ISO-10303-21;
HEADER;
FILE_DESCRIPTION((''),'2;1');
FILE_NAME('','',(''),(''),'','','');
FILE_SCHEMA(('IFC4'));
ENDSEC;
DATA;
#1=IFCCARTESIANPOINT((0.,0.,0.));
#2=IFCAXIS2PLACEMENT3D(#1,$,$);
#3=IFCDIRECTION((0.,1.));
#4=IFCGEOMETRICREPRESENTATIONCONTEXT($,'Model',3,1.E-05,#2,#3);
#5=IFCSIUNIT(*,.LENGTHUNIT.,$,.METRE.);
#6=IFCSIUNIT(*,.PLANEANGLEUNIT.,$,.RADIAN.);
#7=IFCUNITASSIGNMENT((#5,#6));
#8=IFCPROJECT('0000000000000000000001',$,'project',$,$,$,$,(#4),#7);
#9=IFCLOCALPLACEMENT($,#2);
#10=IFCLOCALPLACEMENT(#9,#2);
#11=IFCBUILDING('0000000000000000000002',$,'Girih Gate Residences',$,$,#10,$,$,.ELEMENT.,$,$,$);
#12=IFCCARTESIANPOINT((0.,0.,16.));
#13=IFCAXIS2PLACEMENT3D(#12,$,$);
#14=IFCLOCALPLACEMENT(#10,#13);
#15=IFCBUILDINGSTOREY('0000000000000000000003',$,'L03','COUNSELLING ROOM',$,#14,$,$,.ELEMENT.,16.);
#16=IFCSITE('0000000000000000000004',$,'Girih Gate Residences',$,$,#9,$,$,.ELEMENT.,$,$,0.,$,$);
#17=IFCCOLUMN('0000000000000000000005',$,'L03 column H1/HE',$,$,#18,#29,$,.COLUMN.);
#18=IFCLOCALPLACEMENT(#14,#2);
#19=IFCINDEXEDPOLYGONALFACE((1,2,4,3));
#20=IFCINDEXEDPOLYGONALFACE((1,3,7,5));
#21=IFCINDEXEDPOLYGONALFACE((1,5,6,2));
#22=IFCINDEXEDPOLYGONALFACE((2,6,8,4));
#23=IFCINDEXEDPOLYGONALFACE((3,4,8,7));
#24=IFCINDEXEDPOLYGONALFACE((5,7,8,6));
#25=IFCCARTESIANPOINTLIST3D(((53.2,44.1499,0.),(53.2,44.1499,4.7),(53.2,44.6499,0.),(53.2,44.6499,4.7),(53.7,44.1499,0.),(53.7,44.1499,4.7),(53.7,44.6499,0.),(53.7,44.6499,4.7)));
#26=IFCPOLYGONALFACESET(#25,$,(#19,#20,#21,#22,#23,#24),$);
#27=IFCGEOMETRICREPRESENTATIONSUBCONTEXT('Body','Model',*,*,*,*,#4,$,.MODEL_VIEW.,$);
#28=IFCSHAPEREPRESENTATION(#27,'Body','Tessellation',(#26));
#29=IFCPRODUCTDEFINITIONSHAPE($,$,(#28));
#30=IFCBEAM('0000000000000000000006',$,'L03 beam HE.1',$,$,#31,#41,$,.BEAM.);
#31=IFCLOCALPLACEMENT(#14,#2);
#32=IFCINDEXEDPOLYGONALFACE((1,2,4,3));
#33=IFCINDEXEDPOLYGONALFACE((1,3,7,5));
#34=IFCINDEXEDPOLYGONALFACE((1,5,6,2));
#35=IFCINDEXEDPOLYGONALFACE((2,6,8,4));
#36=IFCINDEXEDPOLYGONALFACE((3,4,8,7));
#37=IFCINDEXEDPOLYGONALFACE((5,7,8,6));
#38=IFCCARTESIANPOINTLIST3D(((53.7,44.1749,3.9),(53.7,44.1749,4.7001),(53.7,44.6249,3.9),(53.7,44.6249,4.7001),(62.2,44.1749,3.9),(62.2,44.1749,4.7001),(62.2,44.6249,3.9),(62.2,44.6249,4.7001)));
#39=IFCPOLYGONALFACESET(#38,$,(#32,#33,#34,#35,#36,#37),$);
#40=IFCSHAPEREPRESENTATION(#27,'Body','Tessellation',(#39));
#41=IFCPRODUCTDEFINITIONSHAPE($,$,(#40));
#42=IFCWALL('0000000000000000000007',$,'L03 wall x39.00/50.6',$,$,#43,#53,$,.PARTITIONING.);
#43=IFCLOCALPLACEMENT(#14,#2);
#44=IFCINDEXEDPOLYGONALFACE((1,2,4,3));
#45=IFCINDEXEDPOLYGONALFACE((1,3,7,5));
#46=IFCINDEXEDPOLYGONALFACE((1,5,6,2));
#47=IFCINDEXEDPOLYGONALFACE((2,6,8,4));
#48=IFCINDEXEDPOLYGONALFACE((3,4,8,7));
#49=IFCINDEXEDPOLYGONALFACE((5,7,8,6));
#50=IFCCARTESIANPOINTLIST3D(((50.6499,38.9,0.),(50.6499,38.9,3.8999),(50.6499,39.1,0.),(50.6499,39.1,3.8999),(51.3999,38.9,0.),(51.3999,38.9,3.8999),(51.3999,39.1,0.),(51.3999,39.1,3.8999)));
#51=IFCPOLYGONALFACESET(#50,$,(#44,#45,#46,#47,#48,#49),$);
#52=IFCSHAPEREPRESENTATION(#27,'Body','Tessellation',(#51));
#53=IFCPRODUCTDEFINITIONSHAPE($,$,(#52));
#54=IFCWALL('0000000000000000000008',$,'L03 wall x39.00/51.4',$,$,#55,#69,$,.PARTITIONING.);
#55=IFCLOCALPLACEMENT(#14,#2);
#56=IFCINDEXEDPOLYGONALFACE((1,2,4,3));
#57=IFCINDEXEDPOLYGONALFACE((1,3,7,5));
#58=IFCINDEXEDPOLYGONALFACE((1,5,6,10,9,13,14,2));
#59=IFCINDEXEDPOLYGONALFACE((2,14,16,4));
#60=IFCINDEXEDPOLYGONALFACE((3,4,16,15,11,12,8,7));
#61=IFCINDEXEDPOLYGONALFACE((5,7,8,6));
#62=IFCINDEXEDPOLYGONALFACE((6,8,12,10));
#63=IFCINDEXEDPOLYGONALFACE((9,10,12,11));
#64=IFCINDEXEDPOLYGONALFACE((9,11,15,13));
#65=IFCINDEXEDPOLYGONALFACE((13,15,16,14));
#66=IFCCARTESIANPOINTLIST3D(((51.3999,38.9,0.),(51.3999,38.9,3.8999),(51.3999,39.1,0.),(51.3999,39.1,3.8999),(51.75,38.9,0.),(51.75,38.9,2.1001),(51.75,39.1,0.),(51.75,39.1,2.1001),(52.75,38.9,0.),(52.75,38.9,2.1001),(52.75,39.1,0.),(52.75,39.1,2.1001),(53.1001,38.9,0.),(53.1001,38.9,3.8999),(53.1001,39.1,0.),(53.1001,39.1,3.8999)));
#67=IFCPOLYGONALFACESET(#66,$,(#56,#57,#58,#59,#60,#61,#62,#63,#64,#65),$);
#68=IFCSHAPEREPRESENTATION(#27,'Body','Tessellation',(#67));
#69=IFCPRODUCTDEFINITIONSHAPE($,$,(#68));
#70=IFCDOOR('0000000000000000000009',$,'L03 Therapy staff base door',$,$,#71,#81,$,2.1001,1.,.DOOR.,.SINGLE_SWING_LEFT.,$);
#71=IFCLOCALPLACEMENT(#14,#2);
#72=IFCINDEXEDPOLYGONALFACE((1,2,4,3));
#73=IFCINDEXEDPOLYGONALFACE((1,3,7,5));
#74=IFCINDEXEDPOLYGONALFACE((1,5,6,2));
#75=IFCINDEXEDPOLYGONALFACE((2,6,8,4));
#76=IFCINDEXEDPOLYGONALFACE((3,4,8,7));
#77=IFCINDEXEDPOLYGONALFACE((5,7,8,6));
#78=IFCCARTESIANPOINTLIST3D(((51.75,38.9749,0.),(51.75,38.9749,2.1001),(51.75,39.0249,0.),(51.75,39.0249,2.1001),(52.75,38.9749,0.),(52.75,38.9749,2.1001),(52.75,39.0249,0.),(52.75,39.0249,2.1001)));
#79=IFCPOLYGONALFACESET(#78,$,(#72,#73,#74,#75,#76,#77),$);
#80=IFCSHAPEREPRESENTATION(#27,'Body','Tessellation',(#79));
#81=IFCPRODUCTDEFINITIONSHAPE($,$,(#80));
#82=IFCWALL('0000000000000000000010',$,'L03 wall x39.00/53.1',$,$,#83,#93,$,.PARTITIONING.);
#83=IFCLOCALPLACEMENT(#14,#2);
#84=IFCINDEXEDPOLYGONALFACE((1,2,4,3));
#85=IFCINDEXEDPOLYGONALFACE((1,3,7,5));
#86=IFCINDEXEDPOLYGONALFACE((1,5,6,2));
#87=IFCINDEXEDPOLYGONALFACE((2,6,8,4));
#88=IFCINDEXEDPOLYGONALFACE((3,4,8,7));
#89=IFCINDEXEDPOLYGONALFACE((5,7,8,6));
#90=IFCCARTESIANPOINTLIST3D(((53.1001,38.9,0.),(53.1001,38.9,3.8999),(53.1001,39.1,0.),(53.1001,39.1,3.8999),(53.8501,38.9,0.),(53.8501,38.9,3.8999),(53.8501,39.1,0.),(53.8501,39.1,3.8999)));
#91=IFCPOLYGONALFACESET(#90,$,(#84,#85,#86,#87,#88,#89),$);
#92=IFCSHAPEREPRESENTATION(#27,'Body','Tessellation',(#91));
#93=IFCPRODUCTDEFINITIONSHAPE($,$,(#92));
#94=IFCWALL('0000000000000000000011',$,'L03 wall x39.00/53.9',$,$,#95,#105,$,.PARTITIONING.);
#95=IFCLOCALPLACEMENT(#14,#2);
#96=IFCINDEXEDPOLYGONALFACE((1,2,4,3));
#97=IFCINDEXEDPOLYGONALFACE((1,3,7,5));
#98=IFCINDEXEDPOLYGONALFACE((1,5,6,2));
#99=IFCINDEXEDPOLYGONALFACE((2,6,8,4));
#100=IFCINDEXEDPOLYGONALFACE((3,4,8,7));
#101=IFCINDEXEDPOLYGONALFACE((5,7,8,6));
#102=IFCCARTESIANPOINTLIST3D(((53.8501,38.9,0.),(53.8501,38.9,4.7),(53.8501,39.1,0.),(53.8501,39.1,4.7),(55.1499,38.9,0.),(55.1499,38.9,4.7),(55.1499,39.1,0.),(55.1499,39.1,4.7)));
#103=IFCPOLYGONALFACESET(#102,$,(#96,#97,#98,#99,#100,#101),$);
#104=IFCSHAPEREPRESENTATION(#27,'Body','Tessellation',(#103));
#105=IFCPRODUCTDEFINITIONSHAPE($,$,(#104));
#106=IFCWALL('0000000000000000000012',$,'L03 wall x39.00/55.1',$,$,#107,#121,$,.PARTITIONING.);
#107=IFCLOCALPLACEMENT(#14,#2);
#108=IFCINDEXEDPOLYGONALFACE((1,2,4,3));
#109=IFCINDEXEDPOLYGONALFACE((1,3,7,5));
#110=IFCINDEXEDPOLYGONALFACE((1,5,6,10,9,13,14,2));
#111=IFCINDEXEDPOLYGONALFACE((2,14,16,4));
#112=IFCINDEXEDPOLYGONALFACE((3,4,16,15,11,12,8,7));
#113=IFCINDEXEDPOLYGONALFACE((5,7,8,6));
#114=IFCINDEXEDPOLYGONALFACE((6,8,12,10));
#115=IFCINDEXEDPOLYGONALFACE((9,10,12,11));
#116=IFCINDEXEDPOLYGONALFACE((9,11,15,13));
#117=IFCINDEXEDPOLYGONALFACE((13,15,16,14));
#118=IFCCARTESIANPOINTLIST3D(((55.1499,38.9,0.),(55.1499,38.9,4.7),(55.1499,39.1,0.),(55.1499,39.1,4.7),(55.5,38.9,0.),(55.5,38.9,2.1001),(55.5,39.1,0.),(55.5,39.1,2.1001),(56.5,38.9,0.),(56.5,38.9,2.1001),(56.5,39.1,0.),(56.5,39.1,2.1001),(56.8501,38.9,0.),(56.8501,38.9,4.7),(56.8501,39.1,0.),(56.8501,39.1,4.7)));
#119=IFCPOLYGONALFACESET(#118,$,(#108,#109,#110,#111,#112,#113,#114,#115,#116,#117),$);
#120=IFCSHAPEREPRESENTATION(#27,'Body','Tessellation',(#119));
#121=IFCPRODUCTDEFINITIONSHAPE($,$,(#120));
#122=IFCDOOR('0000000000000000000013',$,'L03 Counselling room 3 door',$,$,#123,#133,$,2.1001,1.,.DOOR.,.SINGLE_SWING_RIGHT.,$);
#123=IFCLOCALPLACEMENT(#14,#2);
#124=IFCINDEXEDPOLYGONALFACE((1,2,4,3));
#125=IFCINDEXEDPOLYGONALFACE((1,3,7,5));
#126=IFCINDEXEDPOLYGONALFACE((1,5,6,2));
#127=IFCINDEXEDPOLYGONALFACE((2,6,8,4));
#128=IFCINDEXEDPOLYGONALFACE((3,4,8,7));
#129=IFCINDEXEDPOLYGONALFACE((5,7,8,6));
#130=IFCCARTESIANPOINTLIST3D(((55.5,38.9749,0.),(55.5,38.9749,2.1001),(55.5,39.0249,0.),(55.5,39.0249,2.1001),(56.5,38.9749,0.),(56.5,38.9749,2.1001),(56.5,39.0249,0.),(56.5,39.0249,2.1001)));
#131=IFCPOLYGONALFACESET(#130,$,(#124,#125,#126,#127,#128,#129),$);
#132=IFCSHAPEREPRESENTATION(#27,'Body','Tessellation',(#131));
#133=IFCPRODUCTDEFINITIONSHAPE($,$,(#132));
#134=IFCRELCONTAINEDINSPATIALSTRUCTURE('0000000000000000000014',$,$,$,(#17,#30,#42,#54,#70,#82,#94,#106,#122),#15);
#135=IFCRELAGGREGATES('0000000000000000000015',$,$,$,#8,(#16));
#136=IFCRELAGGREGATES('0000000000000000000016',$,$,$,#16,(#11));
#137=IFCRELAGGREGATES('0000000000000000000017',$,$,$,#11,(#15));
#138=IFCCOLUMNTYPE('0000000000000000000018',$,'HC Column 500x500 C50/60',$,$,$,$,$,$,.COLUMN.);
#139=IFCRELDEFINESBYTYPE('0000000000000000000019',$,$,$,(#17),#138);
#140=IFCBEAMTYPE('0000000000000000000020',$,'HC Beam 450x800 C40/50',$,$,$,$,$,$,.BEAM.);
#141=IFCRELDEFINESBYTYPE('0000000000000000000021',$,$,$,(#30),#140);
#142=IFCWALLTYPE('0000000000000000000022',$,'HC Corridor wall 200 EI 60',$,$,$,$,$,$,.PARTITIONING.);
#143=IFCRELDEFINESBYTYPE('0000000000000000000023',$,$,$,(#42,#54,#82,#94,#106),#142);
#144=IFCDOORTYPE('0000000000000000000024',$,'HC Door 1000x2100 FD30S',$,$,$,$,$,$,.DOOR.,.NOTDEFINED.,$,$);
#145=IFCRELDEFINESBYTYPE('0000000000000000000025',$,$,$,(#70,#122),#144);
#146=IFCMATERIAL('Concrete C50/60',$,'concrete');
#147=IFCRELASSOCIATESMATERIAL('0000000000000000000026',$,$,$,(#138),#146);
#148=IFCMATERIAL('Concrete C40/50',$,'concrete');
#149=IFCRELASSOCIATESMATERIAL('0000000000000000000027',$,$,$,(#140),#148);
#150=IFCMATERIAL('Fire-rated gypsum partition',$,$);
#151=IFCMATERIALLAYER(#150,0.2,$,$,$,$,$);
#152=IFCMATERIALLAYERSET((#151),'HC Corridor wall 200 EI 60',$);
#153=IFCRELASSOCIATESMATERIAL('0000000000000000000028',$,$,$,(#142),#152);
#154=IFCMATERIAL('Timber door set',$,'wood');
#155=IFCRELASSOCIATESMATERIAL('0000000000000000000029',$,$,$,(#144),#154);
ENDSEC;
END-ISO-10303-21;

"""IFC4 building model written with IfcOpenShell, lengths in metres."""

from ifc_helpers import new_model, si_unit, direction, frame, frame_2d, origin, origin_2d, place, context, subcontext, project, spatial, rectangle, extrude, material, layer, layer_set, material_profile, profile_set, type_object, element, fill, save


model = new_model("IFC4")

# Units and contexts
model_context = context("Model", 3, precision=1e-05, world=origin(), true_north=direction((0.0, 1.0)))
body_context = subcontext(model_context, "Body", "Model", "MODEL_VIEW")
ifc_project = project(units=[si_unit("LENGTHUNIT", "METRE"), si_unit("PLANEANGLEUNIT", "RADIAN")], contexts=[model_context])

# Site, building, storey
site_placement = place(None, origin())
site = spatial("IfcSite", under=ifc_project, at=site_placement, Name="Girih Gate Residences", CompositionType="ELEMENT", RefElevation=0.0)
building_placement = place(site_placement, origin())
building = spatial("IfcBuilding", under=site, at=building_placement, Name="Girih Gate Residences", CompositionType="ELEMENT")
storey_placement = place(building_placement, frame((0.0, 0.0, 16.0)))
storey = spatial("IfcBuildingStorey", under=building, at=storey_placement, Name="L03", Description="COUNSELLING ROOM", CompositionType="ELEMENT", Elevation=16.0)

# Column
ifc_material_1 = material(Name="Concrete C50/60", Category="concrete")
ifc_material_profile_1 = material_profile(ifc_material_1, rectangle(XDim=0.5, YDim=0.5, at=origin_2d()))
ifc_profile_set_1 = profile_set([ifc_material_profile_1], Name="Concrete C50/60")
column_type = type_object("IfcColumnType", Name="HC Column 500x500 C50/60", PredefinedType="COLUMN", material=ifc_profile_set_1)
column_placement = place(storey_placement, frame((53.45, 44.3999, 0.0), z_axis=(0.0, 0.0, 1.0), x_axis=(1.0, 0.0, 0.0)))
element("IfcColumn", 1, at=column_placement, inside=storey, type_object=column_type, Name="L03 column H1/HE", PredefinedType="COLUMN", context=body_context, shape_type="SweptSolid", body=[
    extrude(rectangle(XDim=0.5, YDim=0.5, at=origin_2d()), origin(), (0.0, 0.0, 1.0), 4.7),
])

# Beam
ifc_material_2 = material(Name="Concrete C40/50", Category="concrete")
ifc_material_profile_2 = material_profile(ifc_material_2, rectangle(XDim=0.45, YDim=0.8, at=origin_2d()))
ifc_profile_set_2 = profile_set([ifc_material_profile_2], Name="Concrete C40/50")
beam_type = type_object("IfcBeamType", Name="HC Beam 450x800 C40/50", PredefinedType="BEAM", material=ifc_profile_set_2)
beam_placement = place(storey_placement, frame((53.7, 44.3999, 4.3), z_axis=(1.0, 0.0, 0.0), x_axis=(0.0, 1.0, 0.0)))
element("IfcBeam", 2, at=beam_placement, inside=storey, type_object=beam_type, Name="L03 beam HE.1", PredefinedType="BEAM", context=body_context, shape_type="SweptSolid", body=[
    extrude(rectangle(XDim=0.45, YDim=0.8, at=origin_2d()), origin(), (0.0, 0.0, 1.0), 8.5),
])

# Wall
ifc_material_3 = material(Name="Fire-rated gypsum partition")
ifc_layer_1 = layer(ifc_material_3, 0.2)
ifc_layer_set_1 = layer_set([ifc_layer_1], Name="HC Corridor wall 200 EI 60")
wall_type_1 = type_object("IfcWallType", Name="HC Corridor wall 200 EI 60", PredefinedType="PARTITIONING", material=ifc_layer_set_1)
wall_1_placement = place(storey_placement, frame((50.6499, 39.0, 0.0), z_axis=(0.0, 0.0, 1.0), x_axis=(1.0, 0.0, 0.0)))
element("IfcWall", 3, at=wall_1_placement, inside=storey, type_object=wall_type_1, Name="L03 wall x39.00/50.6", PredefinedType="PARTITIONING", context=body_context, shape_type="SweptSolid", body=[
    extrude(rectangle(XDim=0.75, YDim=0.2, at=frame_2d((0.375, 0.0))), origin(), (0.0, 0.0, 1.0), 3.8999),
])

# Wall, opening, door
wall_2_placement = place(storey_placement, frame((51.3999, 39.0, 0.0), z_axis=(0.0, 0.0, 1.0), x_axis=(1.0, 0.0, 0.0)))
wall_2 = element("IfcWall", 4, at=wall_2_placement, inside=storey, type_object=wall_type_1, Name="L03 wall x39.00/51.4", PredefinedType="PARTITIONING", context=body_context, shape_type="SweptSolid", body=[
    extrude(rectangle(XDim=1.7002, YDim=0.2, at=frame_2d((0.8501, 0.0))), origin(), (0.0, 0.0, 1.0), 3.8999),
])
opening_1_placement = place(wall_2_placement, frame((0.3501, 0.0, 0.0)))
opening_1 = element("IfcOpeningElement", 5, at=opening_1_placement, cuts=wall_2, PredefinedType="OPENING", context=body_context, shape_type="SweptSolid", body=[
    extrude(rectangle(XDim=1.0, YDim=2.1001, at=frame_2d((0.5, 1.05))), frame((0.0, 0.1099, 0.0), z_axis=(0.0, -1.0, 0.0), x_axis=(1.0, 0.0, 0.0)), (0.0, 0.0, 1.0), 0.22),
])
ifc_material_4 = material(Name="Timber door set", Category="wood")
door_type = type_object("IfcDoorType", Name="HC Door 1000x2100 FD30S", OperationType="NOTDEFINED", PredefinedType="DOOR", material=ifc_material_4)
door_1_placement = place(opening_1_placement, origin())
door_1 = element("IfcDoor", 6, at=door_1_placement, inside=storey, type_object=door_type, Name="L03 Therapy staff base door", OperationType="SINGLE_SWING_LEFT", OverallHeight=2.1001, OverallWidth=1.0, PredefinedType="DOOR", context=body_context, shape_type="SweptSolid", body=[
    extrude(rectangle(XDim=1.0, YDim=2.1001, at=frame_2d((0.5, 1.05))), frame((0.0, 0.0249, 0.0), z_axis=(0.0, -1.0, 0.0), x_axis=(1.0, 0.0, 0.0)), (0.0, 0.0, 1.0), 0.05),
])
fill(opening_1, door_1)

# Walls
wall_3_placement = place(storey_placement, frame((53.1001, 39.0, 0.0), z_axis=(0.0, 0.0, 1.0), x_axis=(1.0, 0.0, 0.0)))
element("IfcWall", 7, at=wall_3_placement, inside=storey, type_object=wall_type_1, Name="L03 wall x39.00/53.1", PredefinedType="PARTITIONING", context=body_context, shape_type="SweptSolid", body=[
    extrude(rectangle(XDim=0.75, YDim=0.2, at=frame_2d((0.375, 0.0))), origin(), (0.0, 0.0, 1.0), 3.8999),
])
wall_4_placement = place(storey_placement, frame((53.8501, 39.0, 0.0), z_axis=(0.0, 0.0, 1.0), x_axis=(1.0, 0.0, 0.0)))
element("IfcWall", 8, at=wall_4_placement, inside=storey, type_object=wall_type_1, Name="L03 wall x39.00/53.9", PredefinedType="PARTITIONING", context=body_context, shape_type="SweptSolid", body=[
    extrude(rectangle(XDim=1.2998, YDim=0.2, at=frame_2d((0.6499, 0.0))), origin(), (0.0, 0.0, 1.0), 4.7),
])

# Wall, opening, door
wall_5_placement = place(storey_placement, frame((55.1499, 39.0, 0.0), z_axis=(0.0, 0.0, 1.0), x_axis=(1.0, 0.0, 0.0)))
wall_5 = element("IfcWall", 9, at=wall_5_placement, inside=storey, type_object=wall_type_1, Name="L03 wall x39.00/55.1", PredefinedType="PARTITIONING", context=body_context, shape_type="SweptSolid", body=[
    extrude(rectangle(XDim=1.7002, YDim=0.2, at=frame_2d((0.8501, 0.0))), origin(), (0.0, 0.0, 1.0), 4.7),
])
opening_2_placement = place(wall_5_placement, frame((0.3501, 0.0, 0.0)))
opening_2 = element("IfcOpeningElement", 10, at=opening_2_placement, cuts=wall_5, PredefinedType="OPENING", context=body_context, shape_type="SweptSolid", body=[
    extrude(rectangle(XDim=1.0, YDim=2.1001, at=frame_2d((0.5, 1.05))), frame((0.0, 0.1099, 0.0), z_axis=(0.0, -1.0, 0.0), x_axis=(1.0, 0.0, 0.0)), (0.0, 0.0, 1.0), 0.22),
])
door_2_placement = place(opening_2_placement, origin())
door_2 = element("IfcDoor", 11, at=door_2_placement, inside=storey, type_object=door_type, Name="L03 Counselling room 3 door", OperationType="SINGLE_SWING_RIGHT", OverallHeight=2.1001, OverallWidth=1.0, PredefinedType="DOOR", context=body_context, shape_type="SweptSolid", body=[
    extrude(rectangle(XDim=1.0, YDim=2.1001, at=frame_2d((0.5, 1.05))), frame((0.0, 0.0249, 0.0), z_axis=(0.0, -1.0, 0.0), x_axis=(1.0, 0.0, 0.0)), (0.0, 0.0, 1.0), 0.05),
])
fill(opening_2, door_2)

save(model, "model.ifc")
